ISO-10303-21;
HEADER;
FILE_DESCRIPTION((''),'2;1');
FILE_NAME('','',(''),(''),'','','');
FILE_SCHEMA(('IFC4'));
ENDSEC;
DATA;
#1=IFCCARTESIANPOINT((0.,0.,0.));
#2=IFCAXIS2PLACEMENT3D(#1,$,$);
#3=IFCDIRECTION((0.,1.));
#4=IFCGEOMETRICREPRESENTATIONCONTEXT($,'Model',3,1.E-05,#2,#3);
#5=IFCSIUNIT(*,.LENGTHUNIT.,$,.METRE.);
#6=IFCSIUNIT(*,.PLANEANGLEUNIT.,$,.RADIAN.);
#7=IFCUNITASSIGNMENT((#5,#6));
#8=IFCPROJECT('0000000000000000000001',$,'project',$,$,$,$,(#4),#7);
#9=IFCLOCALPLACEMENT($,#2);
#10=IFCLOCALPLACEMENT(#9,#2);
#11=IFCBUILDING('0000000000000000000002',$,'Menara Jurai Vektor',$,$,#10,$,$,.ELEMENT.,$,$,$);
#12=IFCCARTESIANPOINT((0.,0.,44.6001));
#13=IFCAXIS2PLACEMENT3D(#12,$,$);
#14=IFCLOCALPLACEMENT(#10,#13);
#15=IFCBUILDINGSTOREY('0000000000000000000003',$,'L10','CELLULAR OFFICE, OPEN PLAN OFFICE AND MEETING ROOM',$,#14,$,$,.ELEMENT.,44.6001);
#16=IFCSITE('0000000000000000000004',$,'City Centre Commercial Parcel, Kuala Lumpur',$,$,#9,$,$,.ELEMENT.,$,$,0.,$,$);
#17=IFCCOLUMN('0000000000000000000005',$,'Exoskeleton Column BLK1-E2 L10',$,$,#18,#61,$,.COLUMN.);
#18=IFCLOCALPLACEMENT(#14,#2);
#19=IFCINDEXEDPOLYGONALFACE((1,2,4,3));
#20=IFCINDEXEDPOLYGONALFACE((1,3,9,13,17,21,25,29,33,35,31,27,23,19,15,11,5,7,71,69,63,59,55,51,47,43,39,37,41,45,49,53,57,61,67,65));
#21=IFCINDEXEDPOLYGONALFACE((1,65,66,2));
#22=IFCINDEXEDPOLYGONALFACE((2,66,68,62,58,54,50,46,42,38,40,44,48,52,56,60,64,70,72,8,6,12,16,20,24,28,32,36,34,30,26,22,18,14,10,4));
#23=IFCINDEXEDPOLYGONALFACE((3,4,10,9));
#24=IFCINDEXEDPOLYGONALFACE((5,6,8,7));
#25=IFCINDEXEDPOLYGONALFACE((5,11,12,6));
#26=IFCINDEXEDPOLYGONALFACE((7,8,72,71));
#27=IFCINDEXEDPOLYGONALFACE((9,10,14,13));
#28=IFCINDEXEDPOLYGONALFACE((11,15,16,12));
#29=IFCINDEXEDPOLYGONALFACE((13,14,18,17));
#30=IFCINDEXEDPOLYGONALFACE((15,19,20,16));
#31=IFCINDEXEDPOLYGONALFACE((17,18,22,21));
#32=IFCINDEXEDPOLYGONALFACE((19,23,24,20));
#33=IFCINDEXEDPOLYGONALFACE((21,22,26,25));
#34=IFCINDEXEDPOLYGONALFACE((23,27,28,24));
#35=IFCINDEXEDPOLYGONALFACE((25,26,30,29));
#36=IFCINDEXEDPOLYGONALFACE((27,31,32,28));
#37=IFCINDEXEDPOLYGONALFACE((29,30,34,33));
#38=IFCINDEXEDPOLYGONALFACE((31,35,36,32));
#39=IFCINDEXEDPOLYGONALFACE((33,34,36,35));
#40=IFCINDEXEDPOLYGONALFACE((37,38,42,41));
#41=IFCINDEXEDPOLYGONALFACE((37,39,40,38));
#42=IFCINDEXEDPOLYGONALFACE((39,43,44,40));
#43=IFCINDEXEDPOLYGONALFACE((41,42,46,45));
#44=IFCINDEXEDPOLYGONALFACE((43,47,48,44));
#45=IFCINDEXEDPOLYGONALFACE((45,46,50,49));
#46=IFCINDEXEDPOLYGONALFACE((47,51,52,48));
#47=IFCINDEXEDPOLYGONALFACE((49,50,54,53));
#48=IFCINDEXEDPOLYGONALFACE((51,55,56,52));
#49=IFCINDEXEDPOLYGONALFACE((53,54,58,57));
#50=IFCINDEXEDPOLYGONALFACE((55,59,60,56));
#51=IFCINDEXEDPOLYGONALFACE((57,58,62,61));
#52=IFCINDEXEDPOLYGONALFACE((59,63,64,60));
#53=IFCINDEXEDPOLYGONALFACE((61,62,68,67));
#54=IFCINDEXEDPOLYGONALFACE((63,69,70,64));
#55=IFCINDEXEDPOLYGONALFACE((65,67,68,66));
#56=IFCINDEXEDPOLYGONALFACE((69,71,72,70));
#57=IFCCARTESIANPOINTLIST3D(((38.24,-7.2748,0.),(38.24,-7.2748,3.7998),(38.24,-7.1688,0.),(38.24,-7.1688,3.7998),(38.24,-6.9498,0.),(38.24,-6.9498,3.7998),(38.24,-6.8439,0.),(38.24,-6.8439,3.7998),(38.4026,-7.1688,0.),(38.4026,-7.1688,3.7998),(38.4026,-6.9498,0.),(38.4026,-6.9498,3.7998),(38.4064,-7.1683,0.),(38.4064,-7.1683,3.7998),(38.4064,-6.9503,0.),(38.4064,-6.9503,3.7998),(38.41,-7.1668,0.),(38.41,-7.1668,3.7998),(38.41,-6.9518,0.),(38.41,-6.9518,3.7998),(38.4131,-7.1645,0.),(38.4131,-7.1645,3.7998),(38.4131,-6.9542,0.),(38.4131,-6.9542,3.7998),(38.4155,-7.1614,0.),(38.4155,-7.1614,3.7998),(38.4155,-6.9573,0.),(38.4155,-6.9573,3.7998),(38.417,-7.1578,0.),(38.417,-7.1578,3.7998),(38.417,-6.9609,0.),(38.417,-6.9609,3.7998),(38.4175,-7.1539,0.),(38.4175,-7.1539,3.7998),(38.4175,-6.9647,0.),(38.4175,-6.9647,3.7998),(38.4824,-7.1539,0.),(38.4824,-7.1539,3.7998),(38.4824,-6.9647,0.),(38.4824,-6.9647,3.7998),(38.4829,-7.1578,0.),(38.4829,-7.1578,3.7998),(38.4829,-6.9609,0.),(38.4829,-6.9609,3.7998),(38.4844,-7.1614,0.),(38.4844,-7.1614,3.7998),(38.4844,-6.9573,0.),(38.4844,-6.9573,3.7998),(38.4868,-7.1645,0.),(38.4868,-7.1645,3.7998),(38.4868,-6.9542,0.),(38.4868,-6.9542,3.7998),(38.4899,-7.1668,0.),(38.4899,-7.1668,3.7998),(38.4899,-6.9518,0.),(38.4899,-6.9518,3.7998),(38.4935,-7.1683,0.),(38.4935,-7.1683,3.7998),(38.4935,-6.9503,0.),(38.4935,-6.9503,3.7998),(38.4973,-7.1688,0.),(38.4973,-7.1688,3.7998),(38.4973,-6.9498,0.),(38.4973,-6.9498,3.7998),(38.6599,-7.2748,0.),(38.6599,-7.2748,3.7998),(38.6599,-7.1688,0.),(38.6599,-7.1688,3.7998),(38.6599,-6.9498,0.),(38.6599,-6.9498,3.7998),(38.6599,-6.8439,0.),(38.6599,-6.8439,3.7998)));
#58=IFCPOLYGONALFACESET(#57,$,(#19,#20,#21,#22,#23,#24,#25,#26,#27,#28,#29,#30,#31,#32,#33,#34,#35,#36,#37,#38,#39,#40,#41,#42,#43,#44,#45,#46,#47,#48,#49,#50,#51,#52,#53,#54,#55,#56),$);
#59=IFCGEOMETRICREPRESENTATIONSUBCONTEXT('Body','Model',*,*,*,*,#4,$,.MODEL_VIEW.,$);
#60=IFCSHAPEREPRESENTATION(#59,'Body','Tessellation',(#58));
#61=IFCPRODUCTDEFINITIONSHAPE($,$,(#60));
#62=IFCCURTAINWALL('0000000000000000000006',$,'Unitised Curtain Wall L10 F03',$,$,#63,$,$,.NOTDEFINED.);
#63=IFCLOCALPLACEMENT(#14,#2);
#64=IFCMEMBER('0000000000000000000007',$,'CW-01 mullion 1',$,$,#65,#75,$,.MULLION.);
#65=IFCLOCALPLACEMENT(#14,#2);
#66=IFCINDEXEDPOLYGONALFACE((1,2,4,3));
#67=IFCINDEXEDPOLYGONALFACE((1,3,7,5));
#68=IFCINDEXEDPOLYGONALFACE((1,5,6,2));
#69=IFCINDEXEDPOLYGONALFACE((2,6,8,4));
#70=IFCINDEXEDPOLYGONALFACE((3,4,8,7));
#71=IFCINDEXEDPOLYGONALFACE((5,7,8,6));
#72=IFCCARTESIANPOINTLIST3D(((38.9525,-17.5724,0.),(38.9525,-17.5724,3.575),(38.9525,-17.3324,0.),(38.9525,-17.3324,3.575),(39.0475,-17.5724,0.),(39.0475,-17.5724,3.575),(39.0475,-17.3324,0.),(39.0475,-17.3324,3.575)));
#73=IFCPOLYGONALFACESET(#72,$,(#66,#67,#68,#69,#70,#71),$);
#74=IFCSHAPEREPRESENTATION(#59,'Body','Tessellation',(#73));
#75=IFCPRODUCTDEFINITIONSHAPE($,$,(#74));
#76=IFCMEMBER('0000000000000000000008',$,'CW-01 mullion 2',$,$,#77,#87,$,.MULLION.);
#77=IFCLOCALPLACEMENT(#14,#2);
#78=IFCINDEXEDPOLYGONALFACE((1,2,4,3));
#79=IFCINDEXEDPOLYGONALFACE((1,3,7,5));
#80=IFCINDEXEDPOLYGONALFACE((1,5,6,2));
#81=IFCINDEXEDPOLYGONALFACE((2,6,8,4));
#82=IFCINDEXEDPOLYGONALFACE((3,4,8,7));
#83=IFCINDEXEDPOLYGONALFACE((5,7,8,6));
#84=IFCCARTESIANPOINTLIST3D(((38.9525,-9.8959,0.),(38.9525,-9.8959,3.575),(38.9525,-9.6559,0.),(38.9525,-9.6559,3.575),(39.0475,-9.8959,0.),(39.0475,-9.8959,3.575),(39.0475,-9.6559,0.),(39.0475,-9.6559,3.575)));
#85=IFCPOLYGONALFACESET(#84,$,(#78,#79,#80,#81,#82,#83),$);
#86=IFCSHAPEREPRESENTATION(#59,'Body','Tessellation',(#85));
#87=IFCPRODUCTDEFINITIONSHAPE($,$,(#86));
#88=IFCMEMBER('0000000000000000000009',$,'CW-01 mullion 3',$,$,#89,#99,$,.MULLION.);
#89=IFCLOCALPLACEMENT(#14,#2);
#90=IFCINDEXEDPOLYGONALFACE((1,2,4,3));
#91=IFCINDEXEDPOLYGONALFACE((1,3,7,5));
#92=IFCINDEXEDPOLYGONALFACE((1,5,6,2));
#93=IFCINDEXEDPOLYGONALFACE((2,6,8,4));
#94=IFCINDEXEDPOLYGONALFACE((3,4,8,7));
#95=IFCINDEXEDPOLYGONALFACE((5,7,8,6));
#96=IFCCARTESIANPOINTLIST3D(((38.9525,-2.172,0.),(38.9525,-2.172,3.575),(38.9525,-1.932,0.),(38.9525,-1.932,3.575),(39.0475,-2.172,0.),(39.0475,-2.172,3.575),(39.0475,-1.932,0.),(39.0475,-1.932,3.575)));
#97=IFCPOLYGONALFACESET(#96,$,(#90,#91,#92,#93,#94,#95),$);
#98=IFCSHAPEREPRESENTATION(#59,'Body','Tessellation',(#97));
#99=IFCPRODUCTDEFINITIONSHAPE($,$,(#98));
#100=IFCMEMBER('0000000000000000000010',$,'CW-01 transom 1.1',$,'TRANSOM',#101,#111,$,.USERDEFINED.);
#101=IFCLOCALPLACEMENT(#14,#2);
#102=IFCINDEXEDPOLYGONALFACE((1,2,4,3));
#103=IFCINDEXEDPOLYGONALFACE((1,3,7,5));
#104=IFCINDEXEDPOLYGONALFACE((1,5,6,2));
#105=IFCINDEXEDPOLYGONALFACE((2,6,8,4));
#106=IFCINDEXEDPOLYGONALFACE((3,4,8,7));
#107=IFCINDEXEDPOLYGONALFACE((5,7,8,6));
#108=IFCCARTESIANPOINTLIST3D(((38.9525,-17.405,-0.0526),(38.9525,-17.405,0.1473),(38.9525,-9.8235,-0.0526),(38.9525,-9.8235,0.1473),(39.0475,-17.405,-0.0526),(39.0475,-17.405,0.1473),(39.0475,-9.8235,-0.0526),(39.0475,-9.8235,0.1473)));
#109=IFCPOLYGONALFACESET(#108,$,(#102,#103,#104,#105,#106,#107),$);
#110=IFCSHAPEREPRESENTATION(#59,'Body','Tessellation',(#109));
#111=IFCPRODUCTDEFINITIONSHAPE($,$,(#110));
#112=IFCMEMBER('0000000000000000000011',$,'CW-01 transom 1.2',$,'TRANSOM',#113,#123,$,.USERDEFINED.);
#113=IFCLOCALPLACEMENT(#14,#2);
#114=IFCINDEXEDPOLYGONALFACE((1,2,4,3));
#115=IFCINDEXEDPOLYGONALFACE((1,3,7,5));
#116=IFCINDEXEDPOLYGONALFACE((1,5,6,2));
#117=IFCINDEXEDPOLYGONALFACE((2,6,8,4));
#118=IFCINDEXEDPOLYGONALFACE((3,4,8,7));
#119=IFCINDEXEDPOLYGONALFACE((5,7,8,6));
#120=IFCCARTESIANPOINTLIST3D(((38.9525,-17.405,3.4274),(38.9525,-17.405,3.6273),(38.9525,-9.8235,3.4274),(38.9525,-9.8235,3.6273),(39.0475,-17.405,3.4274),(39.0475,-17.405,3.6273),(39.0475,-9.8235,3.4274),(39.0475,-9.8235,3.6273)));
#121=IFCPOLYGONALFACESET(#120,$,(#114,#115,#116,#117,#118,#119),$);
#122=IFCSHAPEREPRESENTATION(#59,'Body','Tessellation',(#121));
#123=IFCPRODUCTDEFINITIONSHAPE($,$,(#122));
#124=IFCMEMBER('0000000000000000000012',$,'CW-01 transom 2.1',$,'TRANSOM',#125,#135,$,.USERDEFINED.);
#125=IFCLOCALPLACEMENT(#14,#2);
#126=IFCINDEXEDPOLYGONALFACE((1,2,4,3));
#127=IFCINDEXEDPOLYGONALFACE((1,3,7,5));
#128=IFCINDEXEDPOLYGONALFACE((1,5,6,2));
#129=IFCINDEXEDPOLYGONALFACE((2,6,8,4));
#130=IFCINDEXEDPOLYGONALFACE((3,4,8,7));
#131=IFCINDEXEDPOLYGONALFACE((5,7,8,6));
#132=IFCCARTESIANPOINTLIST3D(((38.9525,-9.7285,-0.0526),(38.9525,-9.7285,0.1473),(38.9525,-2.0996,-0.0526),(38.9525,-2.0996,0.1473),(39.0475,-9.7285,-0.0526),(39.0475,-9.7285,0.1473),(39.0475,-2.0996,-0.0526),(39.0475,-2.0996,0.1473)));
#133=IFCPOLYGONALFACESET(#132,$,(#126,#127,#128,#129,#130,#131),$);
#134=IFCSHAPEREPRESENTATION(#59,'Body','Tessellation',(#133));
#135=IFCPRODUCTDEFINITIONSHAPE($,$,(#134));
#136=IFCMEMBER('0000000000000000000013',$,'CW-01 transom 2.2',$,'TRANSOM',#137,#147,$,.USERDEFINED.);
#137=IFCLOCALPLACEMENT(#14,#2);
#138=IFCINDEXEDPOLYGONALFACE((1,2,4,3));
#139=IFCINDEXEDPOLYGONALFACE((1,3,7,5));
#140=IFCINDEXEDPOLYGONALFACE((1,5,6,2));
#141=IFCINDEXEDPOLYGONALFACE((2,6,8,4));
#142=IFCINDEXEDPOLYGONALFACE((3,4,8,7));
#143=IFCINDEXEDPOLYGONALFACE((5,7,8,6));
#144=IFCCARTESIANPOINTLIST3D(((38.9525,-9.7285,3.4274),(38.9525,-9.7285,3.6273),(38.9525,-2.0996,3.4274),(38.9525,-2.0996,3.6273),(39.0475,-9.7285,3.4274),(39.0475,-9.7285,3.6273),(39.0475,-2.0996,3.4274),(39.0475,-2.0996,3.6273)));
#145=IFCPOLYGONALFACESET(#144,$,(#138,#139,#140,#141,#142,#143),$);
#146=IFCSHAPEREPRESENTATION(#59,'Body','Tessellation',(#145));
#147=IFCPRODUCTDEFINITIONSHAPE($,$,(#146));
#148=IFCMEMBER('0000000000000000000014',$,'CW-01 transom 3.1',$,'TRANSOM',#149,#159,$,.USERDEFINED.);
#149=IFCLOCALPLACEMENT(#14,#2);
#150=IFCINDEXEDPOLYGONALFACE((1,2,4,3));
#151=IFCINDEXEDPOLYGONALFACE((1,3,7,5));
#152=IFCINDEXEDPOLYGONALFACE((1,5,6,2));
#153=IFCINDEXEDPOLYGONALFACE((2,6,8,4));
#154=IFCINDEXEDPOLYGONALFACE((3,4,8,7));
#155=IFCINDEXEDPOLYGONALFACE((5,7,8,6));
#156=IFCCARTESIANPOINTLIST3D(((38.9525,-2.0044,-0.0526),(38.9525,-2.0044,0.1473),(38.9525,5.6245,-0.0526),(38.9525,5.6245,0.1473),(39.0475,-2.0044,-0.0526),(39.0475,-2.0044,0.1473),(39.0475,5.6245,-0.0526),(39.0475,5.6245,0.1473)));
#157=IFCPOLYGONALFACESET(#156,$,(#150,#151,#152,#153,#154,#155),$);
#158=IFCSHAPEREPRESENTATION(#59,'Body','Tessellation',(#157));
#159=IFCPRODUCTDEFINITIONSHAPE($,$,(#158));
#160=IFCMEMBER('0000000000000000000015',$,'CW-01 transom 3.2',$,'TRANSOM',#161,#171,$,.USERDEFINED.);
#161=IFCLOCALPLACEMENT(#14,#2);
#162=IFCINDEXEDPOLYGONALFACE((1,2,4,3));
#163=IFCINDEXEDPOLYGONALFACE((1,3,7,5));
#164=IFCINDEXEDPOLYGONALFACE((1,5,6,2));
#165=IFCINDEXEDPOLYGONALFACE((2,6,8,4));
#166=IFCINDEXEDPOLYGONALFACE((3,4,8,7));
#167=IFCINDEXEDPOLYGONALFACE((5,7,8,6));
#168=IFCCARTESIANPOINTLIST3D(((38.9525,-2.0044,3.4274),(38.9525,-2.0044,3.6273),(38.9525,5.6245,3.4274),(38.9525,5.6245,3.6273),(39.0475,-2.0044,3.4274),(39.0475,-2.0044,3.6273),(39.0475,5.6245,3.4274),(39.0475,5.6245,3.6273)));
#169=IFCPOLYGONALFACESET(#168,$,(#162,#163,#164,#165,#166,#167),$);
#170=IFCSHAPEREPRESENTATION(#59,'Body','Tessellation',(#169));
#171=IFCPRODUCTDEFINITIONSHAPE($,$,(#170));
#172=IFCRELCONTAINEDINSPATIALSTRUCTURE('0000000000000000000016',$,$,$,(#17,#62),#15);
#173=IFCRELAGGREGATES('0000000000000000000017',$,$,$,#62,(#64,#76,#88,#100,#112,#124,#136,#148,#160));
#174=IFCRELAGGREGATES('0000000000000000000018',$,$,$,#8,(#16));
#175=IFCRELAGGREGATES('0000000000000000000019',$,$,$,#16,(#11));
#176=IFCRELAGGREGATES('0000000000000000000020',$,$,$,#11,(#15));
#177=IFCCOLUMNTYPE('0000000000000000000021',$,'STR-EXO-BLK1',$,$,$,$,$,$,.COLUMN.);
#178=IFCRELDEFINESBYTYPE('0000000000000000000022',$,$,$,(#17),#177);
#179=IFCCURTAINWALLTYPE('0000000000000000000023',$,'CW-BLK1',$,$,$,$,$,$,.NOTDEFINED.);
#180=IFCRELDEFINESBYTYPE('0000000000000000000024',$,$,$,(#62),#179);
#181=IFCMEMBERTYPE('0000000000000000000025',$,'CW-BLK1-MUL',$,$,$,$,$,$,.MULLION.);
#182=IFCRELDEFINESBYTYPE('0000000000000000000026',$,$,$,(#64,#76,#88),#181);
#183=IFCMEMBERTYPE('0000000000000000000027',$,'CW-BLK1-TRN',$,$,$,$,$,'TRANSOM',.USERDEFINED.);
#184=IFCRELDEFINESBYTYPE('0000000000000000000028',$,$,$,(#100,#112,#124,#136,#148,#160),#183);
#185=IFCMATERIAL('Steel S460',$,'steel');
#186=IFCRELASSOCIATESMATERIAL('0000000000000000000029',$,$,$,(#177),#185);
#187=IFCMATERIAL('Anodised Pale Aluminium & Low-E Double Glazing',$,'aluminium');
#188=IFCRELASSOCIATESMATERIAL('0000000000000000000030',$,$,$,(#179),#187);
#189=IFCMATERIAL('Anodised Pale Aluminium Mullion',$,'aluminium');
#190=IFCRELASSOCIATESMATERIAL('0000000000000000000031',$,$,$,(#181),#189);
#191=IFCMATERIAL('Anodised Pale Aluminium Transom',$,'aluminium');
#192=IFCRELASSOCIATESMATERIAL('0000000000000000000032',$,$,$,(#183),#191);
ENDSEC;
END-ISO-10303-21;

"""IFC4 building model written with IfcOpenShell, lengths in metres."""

from ifc_helpers import new_model, si_unit, direction, frame, origin, origin_2d, place, context, subcontext, project, spatial, rectangle, i_section, extrude, material, material_profile, profile_set, type_object, element, aggregate, save


model = new_model("IFC4")

# Units and contexts
model_context = context("Model", 3, precision=1e-05, world=origin(), true_north=direction((0.0, 1.0)))
body_context = subcontext(model_context, "Body", "Model", "MODEL_VIEW")
ifc_project = project(units=[si_unit("LENGTHUNIT", "METRE"), si_unit("PLANEANGLEUNIT", "RADIAN")], contexts=[model_context])

# Site, building, storey
site_placement = place(None, origin())
site = spatial("IfcSite", under=ifc_project, at=site_placement, Name="City Centre Commercial Parcel, Kuala Lumpur", CompositionType="ELEMENT", RefElevation=0.0)
building_placement = place(site_placement, origin())
building = spatial("IfcBuilding", under=site, at=building_placement, Name="Menara Jurai Vektor", CompositionType="ELEMENT")
storey_placement = place(building_placement, frame((0.0, 0.0, 44.6001)))
storey = spatial("IfcBuildingStorey", under=building, at=storey_placement, Name="L10", Description="CELLULAR OFFICE, OPEN PLAN OFFICE AND MEETING ROOM", CompositionType="ELEMENT", Elevation=44.6001)

# Column
ifc_material_1 = material(Name="Steel S460", Category="steel")
ifc_material_profile_1 = material_profile(ifc_material_1, i_section(OverallWidth=0.4199, OverallDepth=0.4309, WebThickness=0.0649, FlangeThickness=0.106, FilletRadius=0.0149, at=origin_2d()), Name="HD 400x900")
ifc_profile_set_1 = profile_set([ifc_material_profile_1], Name="Steel S460")
column_type = type_object("IfcColumnType", Name="STR-EXO-BLK1", PredefinedType="COLUMN", material=ifc_profile_set_1)
column_placement = place(storey_placement, frame((38.45, -7.0593, 0.0), z_axis=(0.0, 0.0, 1.0), x_axis=(1.0, 0.0, 0.0)))
element("IfcColumn", 1, at=column_placement, inside=storey, type_object=column_type, Name="Exoskeleton Column BLK1-E2 L10", PredefinedType="COLUMN", context=body_context, shape_type="SweptSolid", body=[
    extrude(i_section(OverallWidth=0.4199, OverallDepth=0.4309, WebThickness=0.0649, FlangeThickness=0.106, FilletRadius=0.0149, at=origin_2d()), origin(), (0.0, 0.0, 1.0), 3.7998),
])

# Curtain wall, members
ifc_material_2 = material(Name="Anodised Pale Aluminium & Low-E Double Glazing", Category="aluminium")
curtain_wall_type = type_object("IfcCurtainWallType", Name="CW-BLK1", PredefinedType="NOTDEFINED", material=ifc_material_2)
curtain_wall_placement = place(storey_placement, origin())
curtain_wall = element("IfcCurtainWall", 2, at=curtain_wall_placement, inside=storey, type_object=curtain_wall_type, Name="Unitised Curtain Wall L10 F03", PredefinedType="NOTDEFINED")
ifc_material_3 = material(Name="Anodised Pale Aluminium Mullion", Category="aluminium")
ifc_material_profile_2 = material_profile(ifc_material_3, rectangle(XDim=0.095, YDim=0.24, at=origin_2d()), Name="ALU MUL 95x240")
ifc_profile_set_2 = profile_set([ifc_material_profile_2], Name="Anodised Pale Aluminium Mullion")
member_type_1 = type_object("IfcMemberType", Name="CW-BLK1-MUL", PredefinedType="MULLION", material=ifc_profile_set_2)
member_1_placement = place(storey_placement, frame((39.0, -17.4524, 0.0), z_axis=(0.0, 0.0, 1.0), x_axis=(-1.0, 0.0, 0.0)))
member_1 = element("IfcMember", 3, at=member_1_placement, type_object=member_type_1, Name="CW-01 mullion 1", PredefinedType="MULLION", context=body_context, shape_type="SweptSolid", body=[
    extrude(rectangle(XDim=0.095, YDim=0.24, at=origin_2d()), origin(), (0.0, 0.0, 1.0), 3.575),
])
member_2_placement = place(storey_placement, frame((39.0, -9.7759, 0.0), z_axis=(0.0, 0.0, 1.0), x_axis=(-1.0, 0.0, 0.0)))
member_2 = element("IfcMember", 4, at=member_2_placement, type_object=member_type_1, Name="CW-01 mullion 2", PredefinedType="MULLION", context=body_context, shape_type="SweptSolid", body=[
    extrude(rectangle(XDim=0.095, YDim=0.24, at=origin_2d()), origin(), (0.0, 0.0, 1.0), 3.575),
])
member_3_placement = place(storey_placement, frame((39.0, -2.052, 0.0), z_axis=(0.0, 0.0, 1.0), x_axis=(-1.0, 0.0, 0.0)))
member_3 = element("IfcMember", 5, at=member_3_placement, type_object=member_type_1, Name="CW-01 mullion 3", PredefinedType="MULLION", context=body_context, shape_type="SweptSolid", body=[
    extrude(rectangle(XDim=0.095, YDim=0.24, at=origin_2d()), origin(), (0.0, 0.0, 1.0), 3.575),
])
ifc_material_4 = material(Name="Anodised Pale Aluminium Transom", Category="aluminium")
ifc_material_profile_3 = material_profile(ifc_material_4, rectangle(XDim=0.095, YDim=0.2, at=origin_2d()), Name="ALU TRN 95x200")
ifc_profile_set_3 = profile_set([ifc_material_profile_3], Name="Anodised Pale Aluminium Transom")
member_type_2 = type_object("IfcMemberType", Name="CW-BLK1-TRN", ElementType="TRANSOM", PredefinedType="USERDEFINED", material=ifc_profile_set_3)
member_4_placement = place(storey_placement, frame((39.0, -17.405, 0.0474), z_axis=(0.0, 1.0, 0.0), x_axis=(-1.0, 0.0, 0.0)))
member_4 = element("IfcMember", 6, at=member_4_placement, type_object=member_type_2, Name="CW-01 transom 1.1", ObjectType="TRANSOM", PredefinedType="USERDEFINED", context=body_context, shape_type="SweptSolid", body=[
    extrude(rectangle(XDim=0.095, YDim=0.2, at=origin_2d()), origin(), (0.0, 0.0, 1.0), 7.5815),
])
member_5_placement = place(storey_placement, frame((39.0, -17.405, 3.5273), z_axis=(0.0, 1.0, 0.0), x_axis=(-1.0, 0.0, 0.0)))
member_5 = element("IfcMember", 7, at=member_5_placement, type_object=member_type_2, Name="CW-01 transom 1.2", ObjectType="TRANSOM", PredefinedType="USERDEFINED", context=body_context, shape_type="SweptSolid", body=[
    extrude(rectangle(XDim=0.095, YDim=0.2, at=origin_2d()), origin(), (0.0, 0.0, 1.0), 7.5815),
])
member_6_placement = place(storey_placement, frame((39.0, -9.7285, 0.0474), z_axis=(0.0, 1.0, 0.0), x_axis=(-1.0, 0.0, 0.0)))
member_6 = element("IfcMember", 8, at=member_6_placement, type_object=member_type_2, Name="CW-01 transom 2.1", ObjectType="TRANSOM", PredefinedType="USERDEFINED", context=body_context, shape_type="SweptSolid", body=[
    extrude(rectangle(XDim=0.095, YDim=0.2, at=origin_2d()), origin(), (0.0, 0.0, 1.0), 7.6289),
])
member_7_placement = place(storey_placement, frame((39.0, -9.7285, 3.5273), z_axis=(0.0, 1.0, 0.0), x_axis=(-1.0, 0.0, 0.0)))
member_7 = element("IfcMember", 9, at=member_7_placement, type_object=member_type_2, Name="CW-01 transom 2.2", ObjectType="TRANSOM", PredefinedType="USERDEFINED", context=body_context, shape_type="SweptSolid", body=[
    extrude(rectangle(XDim=0.095, YDim=0.2, at=origin_2d()), origin(), (0.0, 0.0, 1.0), 7.6289),
])
member_8_placement = place(storey_placement, frame((39.0, -2.0044, 0.0474), z_axis=(0.0, 1.0, 0.0), x_axis=(-1.0, 0.0, 0.0)))
member_8 = element("IfcMember", 10, at=member_8_placement, type_object=member_type_2, Name="CW-01 transom 3.1", ObjectType="TRANSOM", PredefinedType="USERDEFINED", context=body_context, shape_type="SweptSolid", body=[
    extrude(rectangle(XDim=0.095, YDim=0.2, at=origin_2d()), origin(), (0.0, 0.0, 1.0), 7.6289),
])
member_9_placement = place(storey_placement, frame((39.0, -2.0044, 3.5273), z_axis=(0.0, 1.0, 0.0), x_axis=(-1.0, 0.0, 0.0)))
member_9 = element("IfcMember", 11, at=member_9_placement, type_object=member_type_2, Name="CW-01 transom 3.2", ObjectType="TRANSOM", PredefinedType="USERDEFINED", context=body_context, shape_type="SweptSolid", body=[
    extrude(rectangle(XDim=0.095, YDim=0.2, at=origin_2d()), origin(), (0.0, 0.0, 1.0), 7.6289),
])

aggregate(curtain_wall, [member_1, member_2, member_3, member_4, member_5, member_6, member_7, member_8, member_9])

save(model, "model.ifc")
